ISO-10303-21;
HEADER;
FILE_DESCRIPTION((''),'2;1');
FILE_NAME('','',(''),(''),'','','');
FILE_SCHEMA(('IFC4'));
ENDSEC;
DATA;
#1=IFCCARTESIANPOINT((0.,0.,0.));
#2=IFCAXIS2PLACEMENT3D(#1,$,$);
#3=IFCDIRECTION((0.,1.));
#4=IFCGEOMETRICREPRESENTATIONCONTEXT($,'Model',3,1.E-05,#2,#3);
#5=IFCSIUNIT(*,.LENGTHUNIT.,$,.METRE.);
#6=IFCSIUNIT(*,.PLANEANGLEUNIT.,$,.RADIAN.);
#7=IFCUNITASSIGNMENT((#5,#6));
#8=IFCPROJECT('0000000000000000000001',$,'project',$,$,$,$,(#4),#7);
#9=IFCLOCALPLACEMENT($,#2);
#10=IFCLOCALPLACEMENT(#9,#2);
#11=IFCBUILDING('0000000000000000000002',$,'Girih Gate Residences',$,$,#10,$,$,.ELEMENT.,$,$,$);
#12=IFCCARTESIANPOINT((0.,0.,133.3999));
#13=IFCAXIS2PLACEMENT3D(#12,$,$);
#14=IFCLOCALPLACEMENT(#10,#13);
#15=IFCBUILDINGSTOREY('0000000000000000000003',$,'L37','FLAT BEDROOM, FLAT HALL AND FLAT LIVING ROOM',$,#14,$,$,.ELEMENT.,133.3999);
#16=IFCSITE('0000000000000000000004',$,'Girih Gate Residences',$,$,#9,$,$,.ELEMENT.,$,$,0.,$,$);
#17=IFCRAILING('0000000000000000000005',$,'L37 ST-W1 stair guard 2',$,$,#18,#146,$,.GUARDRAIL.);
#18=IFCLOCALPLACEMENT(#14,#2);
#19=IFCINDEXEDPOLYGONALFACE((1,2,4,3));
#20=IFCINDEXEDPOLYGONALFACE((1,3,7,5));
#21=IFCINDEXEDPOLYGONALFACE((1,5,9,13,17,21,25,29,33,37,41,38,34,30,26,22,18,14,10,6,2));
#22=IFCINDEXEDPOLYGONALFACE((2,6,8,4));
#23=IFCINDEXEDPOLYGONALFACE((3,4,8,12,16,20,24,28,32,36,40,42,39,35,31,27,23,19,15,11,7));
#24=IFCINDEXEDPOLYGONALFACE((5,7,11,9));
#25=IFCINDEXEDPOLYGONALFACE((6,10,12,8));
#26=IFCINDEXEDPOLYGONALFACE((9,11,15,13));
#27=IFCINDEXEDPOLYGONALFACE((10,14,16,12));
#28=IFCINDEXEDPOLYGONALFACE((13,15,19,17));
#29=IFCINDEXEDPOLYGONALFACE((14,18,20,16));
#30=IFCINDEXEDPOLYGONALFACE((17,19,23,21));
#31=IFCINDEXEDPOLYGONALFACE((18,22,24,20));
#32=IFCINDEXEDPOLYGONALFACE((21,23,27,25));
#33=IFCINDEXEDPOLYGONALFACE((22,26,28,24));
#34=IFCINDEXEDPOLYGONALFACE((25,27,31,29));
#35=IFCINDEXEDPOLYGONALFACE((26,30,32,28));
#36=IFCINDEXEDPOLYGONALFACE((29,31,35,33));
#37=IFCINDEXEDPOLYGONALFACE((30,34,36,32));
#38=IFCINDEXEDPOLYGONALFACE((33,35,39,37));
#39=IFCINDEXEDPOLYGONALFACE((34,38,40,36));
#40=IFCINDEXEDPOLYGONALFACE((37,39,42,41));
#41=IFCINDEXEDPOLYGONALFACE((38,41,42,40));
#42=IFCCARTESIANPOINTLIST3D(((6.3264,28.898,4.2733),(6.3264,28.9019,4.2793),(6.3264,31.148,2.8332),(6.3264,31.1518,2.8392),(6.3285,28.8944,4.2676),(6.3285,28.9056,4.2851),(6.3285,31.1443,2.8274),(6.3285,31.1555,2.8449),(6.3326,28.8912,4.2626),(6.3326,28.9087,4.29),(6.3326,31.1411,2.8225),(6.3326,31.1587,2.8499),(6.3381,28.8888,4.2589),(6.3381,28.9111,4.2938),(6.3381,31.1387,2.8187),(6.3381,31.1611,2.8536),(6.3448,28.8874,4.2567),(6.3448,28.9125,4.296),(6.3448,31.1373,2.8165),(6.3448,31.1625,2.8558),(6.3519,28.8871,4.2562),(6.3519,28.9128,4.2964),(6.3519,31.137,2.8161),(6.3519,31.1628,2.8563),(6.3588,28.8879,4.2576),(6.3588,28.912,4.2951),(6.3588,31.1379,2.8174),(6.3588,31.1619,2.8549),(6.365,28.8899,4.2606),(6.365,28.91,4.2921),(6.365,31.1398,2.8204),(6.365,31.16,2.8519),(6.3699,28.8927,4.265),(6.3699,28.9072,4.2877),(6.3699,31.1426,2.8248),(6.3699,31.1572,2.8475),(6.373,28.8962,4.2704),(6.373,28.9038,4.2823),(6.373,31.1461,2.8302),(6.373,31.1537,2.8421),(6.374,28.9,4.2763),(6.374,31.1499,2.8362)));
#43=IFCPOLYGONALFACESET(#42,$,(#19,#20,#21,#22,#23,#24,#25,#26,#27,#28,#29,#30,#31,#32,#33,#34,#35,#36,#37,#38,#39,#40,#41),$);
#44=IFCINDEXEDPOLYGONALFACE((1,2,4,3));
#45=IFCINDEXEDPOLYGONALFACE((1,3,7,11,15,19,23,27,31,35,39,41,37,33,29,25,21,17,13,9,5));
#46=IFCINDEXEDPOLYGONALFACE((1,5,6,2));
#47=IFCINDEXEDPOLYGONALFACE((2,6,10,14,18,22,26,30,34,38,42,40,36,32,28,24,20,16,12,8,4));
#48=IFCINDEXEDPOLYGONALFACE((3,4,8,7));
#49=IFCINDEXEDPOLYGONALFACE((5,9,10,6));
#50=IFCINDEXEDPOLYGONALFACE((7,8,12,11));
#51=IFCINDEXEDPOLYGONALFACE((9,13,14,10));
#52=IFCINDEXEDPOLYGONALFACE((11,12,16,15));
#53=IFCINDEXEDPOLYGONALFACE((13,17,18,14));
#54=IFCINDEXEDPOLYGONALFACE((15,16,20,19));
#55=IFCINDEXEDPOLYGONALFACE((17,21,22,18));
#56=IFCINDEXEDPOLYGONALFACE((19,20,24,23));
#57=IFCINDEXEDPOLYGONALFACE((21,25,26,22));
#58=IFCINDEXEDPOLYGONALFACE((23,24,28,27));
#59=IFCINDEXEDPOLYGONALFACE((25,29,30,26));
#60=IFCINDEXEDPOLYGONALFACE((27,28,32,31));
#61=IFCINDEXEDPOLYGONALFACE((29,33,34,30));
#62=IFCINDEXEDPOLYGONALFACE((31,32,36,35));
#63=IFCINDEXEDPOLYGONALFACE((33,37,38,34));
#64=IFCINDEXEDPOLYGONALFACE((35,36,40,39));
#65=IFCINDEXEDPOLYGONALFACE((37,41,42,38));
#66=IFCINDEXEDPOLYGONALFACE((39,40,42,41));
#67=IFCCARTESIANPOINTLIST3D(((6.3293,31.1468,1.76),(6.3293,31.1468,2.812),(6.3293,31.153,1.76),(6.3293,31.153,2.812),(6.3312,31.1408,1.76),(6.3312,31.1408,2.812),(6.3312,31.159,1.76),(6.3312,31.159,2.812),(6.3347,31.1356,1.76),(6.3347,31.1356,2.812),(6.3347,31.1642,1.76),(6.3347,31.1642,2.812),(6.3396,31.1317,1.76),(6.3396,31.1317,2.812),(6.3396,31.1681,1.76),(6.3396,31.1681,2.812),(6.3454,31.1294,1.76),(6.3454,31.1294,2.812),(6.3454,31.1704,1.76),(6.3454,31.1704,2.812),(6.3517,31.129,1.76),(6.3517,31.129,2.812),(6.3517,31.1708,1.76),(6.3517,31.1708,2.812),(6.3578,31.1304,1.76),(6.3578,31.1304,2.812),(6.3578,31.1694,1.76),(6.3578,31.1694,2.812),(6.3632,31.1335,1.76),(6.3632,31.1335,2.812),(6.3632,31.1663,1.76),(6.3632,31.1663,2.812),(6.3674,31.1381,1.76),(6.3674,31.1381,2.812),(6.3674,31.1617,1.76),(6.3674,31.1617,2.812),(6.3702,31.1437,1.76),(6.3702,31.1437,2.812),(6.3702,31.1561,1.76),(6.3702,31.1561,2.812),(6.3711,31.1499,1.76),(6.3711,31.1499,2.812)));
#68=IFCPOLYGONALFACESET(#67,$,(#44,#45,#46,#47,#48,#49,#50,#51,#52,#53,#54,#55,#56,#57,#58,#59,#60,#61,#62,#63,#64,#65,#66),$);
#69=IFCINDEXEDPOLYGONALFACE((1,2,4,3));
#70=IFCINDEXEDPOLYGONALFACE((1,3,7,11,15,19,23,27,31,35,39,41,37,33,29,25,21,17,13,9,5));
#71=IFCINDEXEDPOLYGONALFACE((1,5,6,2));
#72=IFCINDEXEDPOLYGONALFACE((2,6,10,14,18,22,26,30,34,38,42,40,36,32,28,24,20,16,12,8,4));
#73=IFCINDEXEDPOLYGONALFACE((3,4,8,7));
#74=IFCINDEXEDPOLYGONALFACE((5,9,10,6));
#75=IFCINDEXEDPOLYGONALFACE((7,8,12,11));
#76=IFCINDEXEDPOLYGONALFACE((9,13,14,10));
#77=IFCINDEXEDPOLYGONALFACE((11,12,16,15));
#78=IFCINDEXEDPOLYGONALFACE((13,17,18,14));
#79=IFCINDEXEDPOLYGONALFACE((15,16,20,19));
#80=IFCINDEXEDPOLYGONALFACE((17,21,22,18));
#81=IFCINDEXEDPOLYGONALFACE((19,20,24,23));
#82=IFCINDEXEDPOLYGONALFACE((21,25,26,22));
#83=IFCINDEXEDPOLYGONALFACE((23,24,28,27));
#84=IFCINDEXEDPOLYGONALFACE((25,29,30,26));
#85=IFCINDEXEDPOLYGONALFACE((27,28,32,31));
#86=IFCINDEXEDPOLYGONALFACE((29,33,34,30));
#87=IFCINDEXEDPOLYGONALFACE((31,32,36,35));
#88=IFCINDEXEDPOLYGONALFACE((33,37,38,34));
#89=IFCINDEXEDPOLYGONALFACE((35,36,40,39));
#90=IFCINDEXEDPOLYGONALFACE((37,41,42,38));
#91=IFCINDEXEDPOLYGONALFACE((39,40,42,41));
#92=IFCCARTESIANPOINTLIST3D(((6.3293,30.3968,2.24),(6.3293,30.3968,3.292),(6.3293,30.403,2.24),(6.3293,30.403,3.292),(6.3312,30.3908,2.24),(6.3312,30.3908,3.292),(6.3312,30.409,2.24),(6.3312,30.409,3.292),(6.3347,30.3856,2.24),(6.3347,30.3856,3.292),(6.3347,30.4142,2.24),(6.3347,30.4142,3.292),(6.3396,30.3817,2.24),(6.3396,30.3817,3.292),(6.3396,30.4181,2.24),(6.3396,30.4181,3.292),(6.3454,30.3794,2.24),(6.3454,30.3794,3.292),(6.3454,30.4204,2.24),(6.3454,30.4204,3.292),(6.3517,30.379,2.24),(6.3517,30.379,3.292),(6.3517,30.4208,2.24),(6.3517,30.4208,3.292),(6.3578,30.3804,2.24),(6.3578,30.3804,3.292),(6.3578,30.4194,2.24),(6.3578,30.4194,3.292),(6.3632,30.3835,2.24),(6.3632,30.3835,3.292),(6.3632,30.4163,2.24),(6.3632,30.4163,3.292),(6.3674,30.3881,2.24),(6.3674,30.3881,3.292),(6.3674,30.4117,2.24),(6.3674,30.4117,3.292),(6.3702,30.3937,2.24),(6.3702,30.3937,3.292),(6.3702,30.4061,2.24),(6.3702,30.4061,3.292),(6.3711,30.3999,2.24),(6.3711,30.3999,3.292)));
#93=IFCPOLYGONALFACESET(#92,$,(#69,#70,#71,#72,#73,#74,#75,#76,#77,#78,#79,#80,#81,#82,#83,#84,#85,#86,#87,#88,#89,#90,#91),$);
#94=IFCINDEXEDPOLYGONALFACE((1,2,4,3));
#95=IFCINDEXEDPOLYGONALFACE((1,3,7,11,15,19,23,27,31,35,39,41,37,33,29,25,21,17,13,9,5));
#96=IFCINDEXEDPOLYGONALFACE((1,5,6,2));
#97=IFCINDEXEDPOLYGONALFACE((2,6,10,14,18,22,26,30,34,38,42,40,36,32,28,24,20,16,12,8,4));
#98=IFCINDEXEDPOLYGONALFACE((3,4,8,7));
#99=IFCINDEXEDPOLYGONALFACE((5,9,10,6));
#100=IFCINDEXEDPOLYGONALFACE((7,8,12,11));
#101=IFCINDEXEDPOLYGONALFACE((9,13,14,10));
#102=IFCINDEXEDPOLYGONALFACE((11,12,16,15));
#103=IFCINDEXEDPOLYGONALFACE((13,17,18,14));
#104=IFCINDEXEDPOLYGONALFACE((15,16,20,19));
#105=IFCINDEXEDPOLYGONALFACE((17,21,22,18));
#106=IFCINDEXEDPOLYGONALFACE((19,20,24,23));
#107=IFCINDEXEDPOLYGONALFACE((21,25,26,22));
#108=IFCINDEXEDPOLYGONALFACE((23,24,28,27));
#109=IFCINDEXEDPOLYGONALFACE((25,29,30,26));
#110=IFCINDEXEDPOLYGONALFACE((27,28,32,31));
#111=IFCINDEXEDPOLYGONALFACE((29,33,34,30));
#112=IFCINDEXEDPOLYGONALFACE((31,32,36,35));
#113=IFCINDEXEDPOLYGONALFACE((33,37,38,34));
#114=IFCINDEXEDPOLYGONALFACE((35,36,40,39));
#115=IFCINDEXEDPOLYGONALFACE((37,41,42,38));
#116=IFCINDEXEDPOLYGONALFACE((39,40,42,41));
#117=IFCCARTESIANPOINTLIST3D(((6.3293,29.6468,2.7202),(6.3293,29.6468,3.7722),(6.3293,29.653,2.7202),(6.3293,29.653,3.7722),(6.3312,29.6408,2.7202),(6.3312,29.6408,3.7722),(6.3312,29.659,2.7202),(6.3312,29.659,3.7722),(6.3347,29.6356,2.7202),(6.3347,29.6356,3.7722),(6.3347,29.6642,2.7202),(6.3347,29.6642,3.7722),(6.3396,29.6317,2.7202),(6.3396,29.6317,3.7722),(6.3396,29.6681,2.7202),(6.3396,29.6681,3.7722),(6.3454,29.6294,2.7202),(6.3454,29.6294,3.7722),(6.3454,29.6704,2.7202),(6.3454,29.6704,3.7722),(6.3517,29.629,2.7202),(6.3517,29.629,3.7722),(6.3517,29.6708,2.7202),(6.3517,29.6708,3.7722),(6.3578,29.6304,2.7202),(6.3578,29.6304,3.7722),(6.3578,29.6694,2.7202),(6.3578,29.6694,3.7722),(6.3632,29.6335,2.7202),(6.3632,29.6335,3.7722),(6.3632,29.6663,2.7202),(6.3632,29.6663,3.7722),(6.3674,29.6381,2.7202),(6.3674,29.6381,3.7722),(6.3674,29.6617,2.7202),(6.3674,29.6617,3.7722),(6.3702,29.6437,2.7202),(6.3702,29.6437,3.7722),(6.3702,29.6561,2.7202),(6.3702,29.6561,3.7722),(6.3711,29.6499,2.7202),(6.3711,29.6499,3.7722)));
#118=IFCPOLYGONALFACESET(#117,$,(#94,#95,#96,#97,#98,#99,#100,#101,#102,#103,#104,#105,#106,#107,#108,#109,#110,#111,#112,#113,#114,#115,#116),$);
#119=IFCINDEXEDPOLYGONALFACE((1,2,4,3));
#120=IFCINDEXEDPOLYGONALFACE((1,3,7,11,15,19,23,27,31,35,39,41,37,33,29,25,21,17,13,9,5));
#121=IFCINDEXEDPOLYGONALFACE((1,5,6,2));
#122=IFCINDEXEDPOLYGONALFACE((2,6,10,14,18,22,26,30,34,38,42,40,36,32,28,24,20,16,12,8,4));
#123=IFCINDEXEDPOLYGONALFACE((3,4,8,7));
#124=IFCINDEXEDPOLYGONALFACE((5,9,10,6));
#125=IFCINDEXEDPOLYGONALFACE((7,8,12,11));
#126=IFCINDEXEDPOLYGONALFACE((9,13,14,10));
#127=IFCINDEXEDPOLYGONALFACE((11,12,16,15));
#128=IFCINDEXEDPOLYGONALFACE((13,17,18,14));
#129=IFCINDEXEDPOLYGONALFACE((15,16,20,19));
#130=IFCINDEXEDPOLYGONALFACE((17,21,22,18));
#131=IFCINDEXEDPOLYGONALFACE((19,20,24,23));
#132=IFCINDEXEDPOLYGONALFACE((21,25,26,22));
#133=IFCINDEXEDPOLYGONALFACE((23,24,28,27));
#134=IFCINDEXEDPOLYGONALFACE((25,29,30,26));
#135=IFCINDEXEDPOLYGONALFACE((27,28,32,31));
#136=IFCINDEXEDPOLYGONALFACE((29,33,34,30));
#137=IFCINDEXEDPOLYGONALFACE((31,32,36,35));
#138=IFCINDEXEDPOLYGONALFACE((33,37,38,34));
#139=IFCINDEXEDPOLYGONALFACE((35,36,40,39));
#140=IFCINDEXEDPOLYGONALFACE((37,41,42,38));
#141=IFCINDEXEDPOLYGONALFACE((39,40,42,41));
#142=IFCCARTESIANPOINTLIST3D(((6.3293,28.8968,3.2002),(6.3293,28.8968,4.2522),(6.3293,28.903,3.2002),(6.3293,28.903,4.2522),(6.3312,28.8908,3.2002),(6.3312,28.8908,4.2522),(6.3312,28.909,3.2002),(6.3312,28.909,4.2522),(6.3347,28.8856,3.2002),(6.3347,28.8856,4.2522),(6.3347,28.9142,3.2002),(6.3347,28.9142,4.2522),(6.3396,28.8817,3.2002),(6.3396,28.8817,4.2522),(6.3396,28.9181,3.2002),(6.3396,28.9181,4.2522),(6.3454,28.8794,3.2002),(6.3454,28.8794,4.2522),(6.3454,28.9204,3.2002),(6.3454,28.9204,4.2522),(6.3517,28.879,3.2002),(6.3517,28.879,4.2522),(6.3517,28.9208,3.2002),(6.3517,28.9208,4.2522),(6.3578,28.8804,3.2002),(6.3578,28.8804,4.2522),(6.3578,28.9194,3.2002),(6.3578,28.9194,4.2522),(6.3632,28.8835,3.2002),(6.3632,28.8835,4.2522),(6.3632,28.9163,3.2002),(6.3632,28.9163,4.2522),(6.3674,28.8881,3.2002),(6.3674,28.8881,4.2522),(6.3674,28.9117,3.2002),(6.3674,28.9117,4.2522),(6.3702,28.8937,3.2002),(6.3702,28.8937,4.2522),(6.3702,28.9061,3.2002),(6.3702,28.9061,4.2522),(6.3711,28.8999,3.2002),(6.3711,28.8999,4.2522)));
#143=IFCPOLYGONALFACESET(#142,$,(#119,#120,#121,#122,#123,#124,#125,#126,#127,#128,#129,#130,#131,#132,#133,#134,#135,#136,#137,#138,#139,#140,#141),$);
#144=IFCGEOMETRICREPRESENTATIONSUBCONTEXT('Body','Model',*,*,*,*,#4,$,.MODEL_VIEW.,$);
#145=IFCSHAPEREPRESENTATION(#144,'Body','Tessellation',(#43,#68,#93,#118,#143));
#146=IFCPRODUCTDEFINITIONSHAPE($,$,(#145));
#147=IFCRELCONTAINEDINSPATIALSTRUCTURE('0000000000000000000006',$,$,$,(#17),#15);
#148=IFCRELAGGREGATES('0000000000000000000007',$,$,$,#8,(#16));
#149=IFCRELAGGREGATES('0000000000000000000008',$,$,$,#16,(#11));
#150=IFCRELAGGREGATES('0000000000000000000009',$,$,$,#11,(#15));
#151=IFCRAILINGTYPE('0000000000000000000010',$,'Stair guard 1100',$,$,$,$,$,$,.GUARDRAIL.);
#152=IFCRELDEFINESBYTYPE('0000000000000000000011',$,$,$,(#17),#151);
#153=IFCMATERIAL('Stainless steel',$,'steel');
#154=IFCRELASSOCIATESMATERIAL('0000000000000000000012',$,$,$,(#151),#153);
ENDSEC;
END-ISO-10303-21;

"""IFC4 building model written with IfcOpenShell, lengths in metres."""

from ifc_helpers import new_model, si_unit, direction, frame, origin, origin_2d, place, context, subcontext, project, spatial, circle, extrude, material, type_object, element, save


model = new_model("IFC4")

# Units and contexts
model_context = context("Model", 3, precision=1e-05, world=origin(), true_north=direction((0.0, 1.0)))
body_context = subcontext(model_context, "Body", "Model", "MODEL_VIEW")
ifc_project = project(units=[si_unit("LENGTHUNIT", "METRE"), si_unit("PLANEANGLEUNIT", "RADIAN")], contexts=[model_context])

# Site, building, storey
site_placement = place(None, origin())
site = spatial("IfcSite", under=ifc_project, at=site_placement, Name="Girih Gate Residences", CompositionType="ELEMENT", RefElevation=0.0)
building_placement = place(site_placement, origin())
building = spatial("IfcBuilding", under=site, at=building_placement, Name="Girih Gate Residences", CompositionType="ELEMENT")
storey_placement = place(building_placement, frame((0.0, 0.0, 133.3999)))
storey = spatial("IfcBuildingStorey", under=building, at=storey_placement, Name="L37", Description="FLAT BEDROOM, FLAT HALL AND FLAT LIVING ROOM", CompositionType="ELEMENT", Elevation=133.3999)

# Shared definitions
ifc_material_1 = material(Name="Stainless steel", Category="steel")

# Railing
railing_type = type_object("IfcRailingType", Name="Stair guard 1100", PredefinedType="GUARDRAIL", material=ifc_material_1)
railing_placement = place(storey_placement, frame((6.3501, 31.1499, 1.76)))
element("IfcRailing", 1, at=railing_placement, inside=storey, type_object=railing_type, Name="L37 ST-W1 stair guard 2", PredefinedType="GUARDRAIL", context=body_context, shape_type="SweptSolid", body=[
    extrude(circle(Radius=0.0239, at=origin_2d()), frame((0.0, 0.0, 1.0762), z_axis=(0.0, -0.84224, 0.539103), x_axis=(1.0, 0.0, 0.0)), (0.0, 0.0, 1.0), 2.6714),
    extrude(circle(Radius=0.021, at=origin_2d()), origin(), (0.0, 0.0, 1.0), 1.052),
    extrude(circle(Radius=0.021, at=origin_2d()), frame((0.0, -0.75, 0.48)), (0.0, 0.0, 1.0), 1.052),
    extrude(circle(Radius=0.021, at=origin_2d()), frame((0.0, -1.5, 0.9602)), (0.0, 0.0, 1.0), 1.052),
    extrude(circle(Radius=0.021, at=origin_2d()), frame((0.0, -2.25, 1.4402)), (0.0, 0.0, 1.0), 1.052),
])

save(model, "model.ifc")
